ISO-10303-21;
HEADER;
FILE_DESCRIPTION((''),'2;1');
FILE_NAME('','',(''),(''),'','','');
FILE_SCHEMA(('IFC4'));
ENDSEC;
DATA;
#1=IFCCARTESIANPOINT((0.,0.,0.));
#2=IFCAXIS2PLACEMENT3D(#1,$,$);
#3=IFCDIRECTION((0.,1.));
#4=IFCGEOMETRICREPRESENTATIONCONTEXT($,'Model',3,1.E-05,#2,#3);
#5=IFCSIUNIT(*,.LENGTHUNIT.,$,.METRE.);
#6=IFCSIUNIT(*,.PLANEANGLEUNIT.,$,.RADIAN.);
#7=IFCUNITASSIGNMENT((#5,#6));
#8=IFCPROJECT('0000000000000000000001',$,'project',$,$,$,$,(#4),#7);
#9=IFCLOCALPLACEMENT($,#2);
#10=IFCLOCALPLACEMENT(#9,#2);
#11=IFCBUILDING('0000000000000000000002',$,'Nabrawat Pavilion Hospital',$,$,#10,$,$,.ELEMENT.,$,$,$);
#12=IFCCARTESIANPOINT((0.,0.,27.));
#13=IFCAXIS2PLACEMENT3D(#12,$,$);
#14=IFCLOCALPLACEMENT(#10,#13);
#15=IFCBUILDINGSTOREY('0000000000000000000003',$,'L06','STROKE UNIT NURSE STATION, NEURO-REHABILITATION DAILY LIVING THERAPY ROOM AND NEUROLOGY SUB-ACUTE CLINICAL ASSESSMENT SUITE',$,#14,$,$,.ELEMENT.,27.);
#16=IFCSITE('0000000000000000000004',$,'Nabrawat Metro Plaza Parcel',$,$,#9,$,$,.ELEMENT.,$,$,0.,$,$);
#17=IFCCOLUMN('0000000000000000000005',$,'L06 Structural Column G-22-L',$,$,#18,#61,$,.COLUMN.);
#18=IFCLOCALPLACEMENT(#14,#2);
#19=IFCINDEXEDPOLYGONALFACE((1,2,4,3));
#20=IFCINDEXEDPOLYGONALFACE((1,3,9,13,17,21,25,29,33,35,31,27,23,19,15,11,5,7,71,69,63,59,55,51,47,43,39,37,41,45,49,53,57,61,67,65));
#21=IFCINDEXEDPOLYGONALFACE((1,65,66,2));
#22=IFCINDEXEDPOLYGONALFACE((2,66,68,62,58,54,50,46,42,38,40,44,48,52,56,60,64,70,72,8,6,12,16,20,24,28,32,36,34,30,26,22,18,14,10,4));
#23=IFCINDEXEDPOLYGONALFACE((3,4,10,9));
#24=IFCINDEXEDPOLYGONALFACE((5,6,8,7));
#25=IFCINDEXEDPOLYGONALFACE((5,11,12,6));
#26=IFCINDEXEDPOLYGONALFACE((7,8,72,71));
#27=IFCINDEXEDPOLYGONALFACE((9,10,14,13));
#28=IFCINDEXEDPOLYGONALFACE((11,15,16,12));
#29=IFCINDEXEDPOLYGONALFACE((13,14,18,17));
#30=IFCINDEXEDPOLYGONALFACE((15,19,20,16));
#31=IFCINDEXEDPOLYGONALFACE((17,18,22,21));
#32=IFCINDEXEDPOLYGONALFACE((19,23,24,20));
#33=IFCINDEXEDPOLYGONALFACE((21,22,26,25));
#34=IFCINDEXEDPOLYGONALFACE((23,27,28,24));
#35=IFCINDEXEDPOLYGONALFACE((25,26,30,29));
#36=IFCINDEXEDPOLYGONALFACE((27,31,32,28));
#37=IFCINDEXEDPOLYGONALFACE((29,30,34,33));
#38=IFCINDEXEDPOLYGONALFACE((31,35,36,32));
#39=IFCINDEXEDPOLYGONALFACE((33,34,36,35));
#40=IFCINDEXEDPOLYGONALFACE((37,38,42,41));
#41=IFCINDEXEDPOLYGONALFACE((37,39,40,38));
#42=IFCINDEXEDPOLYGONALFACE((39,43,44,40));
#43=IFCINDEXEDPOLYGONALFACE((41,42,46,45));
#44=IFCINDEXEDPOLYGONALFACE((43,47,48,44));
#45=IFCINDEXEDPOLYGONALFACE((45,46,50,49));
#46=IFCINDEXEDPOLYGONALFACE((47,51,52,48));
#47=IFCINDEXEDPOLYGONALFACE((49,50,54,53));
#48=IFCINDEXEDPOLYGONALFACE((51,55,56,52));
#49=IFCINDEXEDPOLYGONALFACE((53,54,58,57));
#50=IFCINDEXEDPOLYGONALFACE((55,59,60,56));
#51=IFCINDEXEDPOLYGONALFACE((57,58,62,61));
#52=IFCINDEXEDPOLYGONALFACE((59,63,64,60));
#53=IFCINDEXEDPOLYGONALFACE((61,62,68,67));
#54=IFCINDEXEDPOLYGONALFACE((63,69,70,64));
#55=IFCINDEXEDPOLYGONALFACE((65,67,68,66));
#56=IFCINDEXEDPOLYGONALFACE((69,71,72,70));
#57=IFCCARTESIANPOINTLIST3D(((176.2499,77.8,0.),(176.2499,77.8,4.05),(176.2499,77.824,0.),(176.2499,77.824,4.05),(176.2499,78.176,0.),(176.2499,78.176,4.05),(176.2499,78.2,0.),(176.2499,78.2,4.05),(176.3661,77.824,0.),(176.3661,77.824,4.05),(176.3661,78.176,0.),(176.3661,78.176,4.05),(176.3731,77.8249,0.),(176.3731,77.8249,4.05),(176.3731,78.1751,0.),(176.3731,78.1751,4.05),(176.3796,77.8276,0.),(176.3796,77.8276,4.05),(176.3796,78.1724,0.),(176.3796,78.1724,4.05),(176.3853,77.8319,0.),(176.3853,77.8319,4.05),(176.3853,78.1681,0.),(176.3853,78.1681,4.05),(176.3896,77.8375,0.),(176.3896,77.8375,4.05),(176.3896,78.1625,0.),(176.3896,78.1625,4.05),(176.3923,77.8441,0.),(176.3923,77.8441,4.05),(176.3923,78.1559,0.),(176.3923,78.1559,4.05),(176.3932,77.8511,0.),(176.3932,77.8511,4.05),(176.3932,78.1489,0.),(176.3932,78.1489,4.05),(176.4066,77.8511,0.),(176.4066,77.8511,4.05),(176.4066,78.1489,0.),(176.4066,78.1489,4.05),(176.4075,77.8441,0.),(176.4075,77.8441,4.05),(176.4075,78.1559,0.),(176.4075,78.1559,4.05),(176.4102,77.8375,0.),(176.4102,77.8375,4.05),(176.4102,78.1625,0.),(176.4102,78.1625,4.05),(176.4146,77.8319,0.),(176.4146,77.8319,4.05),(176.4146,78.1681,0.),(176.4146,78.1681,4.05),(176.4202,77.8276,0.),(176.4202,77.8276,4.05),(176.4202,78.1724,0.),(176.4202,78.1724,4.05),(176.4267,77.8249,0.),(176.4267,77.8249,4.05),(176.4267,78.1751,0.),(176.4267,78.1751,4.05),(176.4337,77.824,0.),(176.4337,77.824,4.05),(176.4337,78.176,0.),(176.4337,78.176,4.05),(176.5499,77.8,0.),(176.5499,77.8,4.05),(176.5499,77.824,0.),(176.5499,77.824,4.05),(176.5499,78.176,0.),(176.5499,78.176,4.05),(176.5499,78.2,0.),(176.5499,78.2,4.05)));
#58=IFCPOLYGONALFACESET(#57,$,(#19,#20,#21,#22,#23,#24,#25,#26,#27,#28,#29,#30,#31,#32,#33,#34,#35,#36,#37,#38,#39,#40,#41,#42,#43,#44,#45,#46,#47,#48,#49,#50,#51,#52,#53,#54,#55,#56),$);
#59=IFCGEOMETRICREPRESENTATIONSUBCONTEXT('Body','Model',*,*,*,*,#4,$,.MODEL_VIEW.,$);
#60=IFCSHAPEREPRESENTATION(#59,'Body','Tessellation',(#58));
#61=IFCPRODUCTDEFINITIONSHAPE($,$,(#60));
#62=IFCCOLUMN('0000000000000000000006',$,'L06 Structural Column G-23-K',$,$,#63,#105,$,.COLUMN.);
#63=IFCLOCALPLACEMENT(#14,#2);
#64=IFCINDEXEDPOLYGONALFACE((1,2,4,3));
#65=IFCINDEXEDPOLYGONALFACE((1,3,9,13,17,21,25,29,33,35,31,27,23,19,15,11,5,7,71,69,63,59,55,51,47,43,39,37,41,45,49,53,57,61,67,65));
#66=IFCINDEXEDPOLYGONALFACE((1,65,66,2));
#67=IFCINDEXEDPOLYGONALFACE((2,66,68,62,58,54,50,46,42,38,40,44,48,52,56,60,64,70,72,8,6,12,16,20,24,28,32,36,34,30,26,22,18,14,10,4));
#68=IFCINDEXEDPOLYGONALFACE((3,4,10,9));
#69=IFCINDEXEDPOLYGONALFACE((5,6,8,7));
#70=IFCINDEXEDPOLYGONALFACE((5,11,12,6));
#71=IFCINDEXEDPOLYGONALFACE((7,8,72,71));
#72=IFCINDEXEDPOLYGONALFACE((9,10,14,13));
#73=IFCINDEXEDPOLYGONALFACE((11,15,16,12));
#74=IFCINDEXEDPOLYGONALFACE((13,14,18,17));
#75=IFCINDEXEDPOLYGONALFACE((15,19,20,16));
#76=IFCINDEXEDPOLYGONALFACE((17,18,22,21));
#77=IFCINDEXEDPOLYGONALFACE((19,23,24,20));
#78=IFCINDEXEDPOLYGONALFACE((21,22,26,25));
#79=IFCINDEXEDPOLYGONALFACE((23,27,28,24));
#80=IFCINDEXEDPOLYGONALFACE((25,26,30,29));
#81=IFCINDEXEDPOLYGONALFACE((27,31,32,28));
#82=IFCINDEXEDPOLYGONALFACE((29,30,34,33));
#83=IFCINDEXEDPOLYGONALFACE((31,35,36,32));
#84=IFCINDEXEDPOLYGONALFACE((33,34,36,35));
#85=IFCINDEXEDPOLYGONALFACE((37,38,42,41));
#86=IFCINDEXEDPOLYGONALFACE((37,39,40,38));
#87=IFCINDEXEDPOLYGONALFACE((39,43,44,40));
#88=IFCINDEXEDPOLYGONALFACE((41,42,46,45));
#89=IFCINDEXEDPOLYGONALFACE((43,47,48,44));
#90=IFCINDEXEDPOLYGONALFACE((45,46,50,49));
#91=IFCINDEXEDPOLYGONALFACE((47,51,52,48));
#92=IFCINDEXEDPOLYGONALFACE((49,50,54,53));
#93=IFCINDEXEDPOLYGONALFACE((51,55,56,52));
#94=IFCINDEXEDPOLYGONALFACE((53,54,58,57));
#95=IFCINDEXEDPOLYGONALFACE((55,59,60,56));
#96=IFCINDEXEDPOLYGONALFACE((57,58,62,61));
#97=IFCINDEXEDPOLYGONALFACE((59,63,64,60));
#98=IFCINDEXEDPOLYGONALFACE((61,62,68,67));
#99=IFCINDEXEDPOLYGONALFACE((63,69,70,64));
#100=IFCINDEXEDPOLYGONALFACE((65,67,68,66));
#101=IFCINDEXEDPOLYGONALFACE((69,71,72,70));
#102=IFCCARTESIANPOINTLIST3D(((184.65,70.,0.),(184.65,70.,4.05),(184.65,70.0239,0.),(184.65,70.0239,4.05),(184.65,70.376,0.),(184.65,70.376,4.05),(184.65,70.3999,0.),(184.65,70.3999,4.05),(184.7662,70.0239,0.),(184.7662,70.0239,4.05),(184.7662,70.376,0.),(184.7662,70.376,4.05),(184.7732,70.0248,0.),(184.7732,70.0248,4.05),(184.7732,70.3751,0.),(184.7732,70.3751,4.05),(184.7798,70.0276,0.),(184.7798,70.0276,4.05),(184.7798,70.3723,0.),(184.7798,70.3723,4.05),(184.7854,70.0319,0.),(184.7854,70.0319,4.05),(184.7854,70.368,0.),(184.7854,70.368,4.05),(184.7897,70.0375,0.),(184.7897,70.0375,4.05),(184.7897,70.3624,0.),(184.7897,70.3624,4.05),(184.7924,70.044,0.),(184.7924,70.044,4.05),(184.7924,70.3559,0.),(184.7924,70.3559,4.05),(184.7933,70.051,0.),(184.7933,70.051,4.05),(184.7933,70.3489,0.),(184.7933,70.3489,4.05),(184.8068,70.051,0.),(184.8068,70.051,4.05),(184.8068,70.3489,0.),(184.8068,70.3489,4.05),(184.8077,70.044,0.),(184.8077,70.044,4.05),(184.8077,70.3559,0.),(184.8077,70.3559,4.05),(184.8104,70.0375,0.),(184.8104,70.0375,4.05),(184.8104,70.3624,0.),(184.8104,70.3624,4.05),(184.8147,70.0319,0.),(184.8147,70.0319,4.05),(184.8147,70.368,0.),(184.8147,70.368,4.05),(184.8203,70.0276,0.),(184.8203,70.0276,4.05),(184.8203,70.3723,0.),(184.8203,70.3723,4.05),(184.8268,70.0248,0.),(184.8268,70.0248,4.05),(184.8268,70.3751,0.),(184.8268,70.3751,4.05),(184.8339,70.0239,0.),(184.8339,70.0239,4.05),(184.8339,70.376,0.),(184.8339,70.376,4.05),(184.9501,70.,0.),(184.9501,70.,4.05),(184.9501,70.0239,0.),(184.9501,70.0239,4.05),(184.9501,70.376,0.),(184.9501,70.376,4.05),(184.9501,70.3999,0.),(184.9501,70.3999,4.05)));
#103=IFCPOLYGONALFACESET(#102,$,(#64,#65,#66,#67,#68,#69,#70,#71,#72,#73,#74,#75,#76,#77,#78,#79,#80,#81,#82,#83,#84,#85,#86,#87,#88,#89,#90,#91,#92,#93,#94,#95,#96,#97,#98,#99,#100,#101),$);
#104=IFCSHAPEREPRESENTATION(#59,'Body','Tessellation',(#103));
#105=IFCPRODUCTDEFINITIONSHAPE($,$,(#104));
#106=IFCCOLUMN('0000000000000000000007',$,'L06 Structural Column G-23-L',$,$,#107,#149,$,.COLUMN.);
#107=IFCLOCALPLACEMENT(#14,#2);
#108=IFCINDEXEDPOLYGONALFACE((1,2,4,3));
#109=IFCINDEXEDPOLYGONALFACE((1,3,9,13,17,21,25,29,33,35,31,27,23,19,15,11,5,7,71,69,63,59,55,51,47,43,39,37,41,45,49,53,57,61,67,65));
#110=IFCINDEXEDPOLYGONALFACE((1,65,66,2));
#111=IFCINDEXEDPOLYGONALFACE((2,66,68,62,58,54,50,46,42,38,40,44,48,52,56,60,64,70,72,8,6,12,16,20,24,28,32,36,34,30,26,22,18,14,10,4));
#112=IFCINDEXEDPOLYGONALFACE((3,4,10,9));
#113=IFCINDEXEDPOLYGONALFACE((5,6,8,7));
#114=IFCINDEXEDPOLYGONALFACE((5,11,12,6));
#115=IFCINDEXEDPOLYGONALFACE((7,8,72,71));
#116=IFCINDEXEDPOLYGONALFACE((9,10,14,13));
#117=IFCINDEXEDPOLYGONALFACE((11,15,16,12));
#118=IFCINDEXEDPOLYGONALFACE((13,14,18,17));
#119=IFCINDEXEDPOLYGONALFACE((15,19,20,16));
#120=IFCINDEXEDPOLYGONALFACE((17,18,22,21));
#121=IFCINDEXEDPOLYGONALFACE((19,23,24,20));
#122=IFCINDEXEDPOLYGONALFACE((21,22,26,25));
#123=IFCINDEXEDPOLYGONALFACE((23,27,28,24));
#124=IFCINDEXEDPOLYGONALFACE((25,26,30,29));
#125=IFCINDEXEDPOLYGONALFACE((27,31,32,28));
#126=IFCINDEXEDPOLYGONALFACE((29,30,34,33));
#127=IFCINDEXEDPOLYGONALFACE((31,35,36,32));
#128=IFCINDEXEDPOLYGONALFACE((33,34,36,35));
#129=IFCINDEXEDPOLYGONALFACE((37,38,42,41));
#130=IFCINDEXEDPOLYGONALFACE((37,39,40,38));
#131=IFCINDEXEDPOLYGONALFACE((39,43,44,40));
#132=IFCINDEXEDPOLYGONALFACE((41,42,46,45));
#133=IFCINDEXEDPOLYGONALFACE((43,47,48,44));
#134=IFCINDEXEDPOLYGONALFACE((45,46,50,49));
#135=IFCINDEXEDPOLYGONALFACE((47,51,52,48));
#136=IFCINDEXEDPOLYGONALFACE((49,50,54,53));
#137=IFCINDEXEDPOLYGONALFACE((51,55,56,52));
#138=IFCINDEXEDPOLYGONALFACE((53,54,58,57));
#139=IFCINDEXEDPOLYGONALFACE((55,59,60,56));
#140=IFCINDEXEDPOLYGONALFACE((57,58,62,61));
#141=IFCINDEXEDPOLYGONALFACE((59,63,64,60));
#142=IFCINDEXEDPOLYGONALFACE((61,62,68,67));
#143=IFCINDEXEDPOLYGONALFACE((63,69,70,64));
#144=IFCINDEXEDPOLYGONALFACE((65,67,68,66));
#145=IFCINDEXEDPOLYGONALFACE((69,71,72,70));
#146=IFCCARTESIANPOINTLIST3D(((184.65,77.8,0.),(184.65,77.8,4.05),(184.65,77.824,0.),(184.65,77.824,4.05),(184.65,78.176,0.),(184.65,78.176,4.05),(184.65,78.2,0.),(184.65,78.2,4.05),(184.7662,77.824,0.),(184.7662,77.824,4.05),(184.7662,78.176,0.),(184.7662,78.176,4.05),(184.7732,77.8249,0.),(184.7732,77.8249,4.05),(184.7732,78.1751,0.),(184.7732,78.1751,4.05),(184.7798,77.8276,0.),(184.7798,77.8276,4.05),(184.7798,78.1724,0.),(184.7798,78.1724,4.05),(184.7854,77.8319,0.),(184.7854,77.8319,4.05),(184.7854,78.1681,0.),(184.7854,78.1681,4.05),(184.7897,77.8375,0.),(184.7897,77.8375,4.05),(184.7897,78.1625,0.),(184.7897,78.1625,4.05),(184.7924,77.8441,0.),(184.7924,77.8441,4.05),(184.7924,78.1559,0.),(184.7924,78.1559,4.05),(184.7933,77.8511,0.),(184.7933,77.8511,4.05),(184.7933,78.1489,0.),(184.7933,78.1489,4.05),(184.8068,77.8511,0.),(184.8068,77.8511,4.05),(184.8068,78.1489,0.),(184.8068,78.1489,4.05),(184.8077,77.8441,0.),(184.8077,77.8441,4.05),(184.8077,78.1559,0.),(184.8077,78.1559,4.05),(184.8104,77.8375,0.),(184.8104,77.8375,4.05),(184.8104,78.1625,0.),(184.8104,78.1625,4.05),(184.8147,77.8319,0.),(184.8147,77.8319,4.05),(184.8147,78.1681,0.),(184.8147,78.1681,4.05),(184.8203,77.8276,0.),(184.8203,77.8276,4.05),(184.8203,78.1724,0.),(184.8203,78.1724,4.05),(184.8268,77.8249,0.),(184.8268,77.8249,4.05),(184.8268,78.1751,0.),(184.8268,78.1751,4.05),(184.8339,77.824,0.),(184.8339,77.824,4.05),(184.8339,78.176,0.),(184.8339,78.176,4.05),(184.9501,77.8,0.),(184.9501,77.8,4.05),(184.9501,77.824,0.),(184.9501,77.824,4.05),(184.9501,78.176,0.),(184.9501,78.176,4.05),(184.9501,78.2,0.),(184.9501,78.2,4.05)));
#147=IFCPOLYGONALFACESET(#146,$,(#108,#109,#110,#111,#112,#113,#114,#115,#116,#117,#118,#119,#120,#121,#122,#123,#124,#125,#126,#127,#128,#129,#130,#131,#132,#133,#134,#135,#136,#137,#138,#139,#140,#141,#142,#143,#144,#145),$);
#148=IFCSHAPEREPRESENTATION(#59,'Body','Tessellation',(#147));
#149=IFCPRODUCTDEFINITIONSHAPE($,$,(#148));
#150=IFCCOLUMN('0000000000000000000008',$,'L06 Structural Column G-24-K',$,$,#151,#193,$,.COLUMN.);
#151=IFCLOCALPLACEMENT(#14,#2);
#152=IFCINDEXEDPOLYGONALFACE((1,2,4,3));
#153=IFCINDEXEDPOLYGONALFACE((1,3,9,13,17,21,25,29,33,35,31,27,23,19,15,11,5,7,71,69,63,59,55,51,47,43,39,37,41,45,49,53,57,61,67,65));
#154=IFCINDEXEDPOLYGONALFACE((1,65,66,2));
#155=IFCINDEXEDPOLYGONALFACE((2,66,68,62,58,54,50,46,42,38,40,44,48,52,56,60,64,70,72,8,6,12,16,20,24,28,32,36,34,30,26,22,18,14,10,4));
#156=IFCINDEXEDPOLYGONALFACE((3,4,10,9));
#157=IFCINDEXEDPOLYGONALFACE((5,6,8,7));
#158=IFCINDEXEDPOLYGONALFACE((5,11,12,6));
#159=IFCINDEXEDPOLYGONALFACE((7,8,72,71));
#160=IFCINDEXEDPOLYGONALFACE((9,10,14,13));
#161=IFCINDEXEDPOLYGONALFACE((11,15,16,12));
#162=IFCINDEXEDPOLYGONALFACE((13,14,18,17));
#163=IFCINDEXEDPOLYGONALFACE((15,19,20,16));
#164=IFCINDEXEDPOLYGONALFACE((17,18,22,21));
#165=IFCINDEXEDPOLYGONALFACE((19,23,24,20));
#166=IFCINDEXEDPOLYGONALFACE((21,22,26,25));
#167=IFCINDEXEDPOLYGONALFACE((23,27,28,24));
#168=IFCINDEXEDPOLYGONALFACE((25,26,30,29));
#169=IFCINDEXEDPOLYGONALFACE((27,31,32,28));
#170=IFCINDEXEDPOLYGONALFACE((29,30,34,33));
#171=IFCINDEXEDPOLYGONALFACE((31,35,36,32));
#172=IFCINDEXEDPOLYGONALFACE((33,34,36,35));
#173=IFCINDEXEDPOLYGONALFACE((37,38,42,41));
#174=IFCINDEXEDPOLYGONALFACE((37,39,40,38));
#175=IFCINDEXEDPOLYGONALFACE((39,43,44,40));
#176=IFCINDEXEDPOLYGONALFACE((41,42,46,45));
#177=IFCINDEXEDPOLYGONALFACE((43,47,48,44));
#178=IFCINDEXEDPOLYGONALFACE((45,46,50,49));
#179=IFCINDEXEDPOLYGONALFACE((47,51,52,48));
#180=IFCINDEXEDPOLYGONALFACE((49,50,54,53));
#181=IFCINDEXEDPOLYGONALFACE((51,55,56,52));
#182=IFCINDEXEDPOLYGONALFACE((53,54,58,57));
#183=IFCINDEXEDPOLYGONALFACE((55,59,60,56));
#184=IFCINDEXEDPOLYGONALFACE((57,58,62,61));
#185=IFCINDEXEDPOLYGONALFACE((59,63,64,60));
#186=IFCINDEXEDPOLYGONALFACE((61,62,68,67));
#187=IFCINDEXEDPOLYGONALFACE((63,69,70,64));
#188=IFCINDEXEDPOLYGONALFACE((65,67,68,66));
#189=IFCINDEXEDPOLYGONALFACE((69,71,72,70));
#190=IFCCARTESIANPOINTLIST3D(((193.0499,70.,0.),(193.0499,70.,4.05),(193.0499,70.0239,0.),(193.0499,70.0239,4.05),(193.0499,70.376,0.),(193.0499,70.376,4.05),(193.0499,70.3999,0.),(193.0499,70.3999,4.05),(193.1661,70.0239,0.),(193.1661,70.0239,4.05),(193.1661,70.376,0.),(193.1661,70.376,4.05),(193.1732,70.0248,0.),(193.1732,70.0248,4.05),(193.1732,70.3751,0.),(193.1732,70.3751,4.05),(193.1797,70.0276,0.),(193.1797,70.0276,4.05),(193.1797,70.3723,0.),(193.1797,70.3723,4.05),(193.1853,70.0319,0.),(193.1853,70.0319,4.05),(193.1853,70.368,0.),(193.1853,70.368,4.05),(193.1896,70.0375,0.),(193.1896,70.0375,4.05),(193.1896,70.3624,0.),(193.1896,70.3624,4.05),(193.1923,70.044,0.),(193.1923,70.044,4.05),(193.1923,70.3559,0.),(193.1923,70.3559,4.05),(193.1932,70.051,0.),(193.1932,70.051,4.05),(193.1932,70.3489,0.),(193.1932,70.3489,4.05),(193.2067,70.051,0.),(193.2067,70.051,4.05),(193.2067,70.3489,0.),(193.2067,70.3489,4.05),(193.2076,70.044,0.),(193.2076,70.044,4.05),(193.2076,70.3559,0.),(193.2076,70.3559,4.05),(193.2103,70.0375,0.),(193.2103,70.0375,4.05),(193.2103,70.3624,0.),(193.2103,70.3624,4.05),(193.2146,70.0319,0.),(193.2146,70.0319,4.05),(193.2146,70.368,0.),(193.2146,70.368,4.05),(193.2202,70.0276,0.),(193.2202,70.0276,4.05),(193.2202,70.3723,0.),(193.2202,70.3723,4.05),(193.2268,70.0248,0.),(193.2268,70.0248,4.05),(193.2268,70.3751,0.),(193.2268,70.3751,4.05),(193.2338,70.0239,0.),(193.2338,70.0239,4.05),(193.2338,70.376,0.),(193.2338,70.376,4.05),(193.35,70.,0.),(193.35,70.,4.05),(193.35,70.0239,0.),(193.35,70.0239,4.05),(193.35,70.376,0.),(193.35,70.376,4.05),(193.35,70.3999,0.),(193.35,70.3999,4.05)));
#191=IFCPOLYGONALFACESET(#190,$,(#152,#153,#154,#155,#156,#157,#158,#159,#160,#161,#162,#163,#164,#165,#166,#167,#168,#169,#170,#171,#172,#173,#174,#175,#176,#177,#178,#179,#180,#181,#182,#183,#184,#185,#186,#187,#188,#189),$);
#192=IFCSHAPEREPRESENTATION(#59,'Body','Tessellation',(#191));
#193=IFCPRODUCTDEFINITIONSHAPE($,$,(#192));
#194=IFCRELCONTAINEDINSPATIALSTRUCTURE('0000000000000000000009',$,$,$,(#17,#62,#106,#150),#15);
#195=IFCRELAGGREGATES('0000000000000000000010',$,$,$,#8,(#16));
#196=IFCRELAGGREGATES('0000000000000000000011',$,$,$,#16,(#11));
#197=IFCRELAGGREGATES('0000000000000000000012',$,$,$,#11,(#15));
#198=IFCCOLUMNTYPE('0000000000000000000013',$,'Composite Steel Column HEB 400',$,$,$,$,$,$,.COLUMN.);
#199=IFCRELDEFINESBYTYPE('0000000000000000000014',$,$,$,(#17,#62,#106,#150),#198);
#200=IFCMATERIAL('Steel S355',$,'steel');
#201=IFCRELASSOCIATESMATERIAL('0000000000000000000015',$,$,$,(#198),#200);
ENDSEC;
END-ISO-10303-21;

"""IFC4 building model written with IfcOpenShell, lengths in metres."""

from ifc_helpers import new_model, si_unit, direction, frame, origin, origin_2d, place, context, subcontext, project, spatial, i_section, extrude, material, material_profile, profile_set, type_object, element, save


model = new_model("IFC4")

# Units and contexts
model_context = context("Model", 3, precision=1e-05, world=origin(), true_north=direction((0.0, 1.0)))
body_context = subcontext(model_context, "Body", "Model", "MODEL_VIEW")
ifc_project = project(units=[si_unit("LENGTHUNIT", "METRE"), si_unit("PLANEANGLEUNIT", "RADIAN")], contexts=[model_context])

# Site, building, storey
site_placement = place(None, origin())
site = spatial("IfcSite", under=ifc_project, at=site_placement, Name="Nabrawat Metro Plaza Parcel", CompositionType="ELEMENT", RefElevation=0.0)
building_placement = place(site_placement, origin())
building = spatial("IfcBuilding", under=site, at=building_placement, Name="Nabrawat Pavilion Hospital", CompositionType="ELEMENT")
storey_placement = place(building_placement, frame((0.0, 0.0, 27.0)))
storey = spatial("IfcBuildingStorey", under=building, at=storey_placement, Name="L06", Description="STROKE UNIT NURSE STATION, NEURO-REHABILITATION DAILY LIVING THERAPY ROOM AND NEUROLOGY SUB-ACUTE CLINICAL ASSESSMENT SUITE", CompositionType="ELEMENT", Elevation=27.0)

# Columns
ifc_material_1 = material(Name="Steel S355", Category="steel")
ifc_material_profile_1 = material_profile(ifc_material_1, i_section(OverallWidth=0.3, OverallDepth=0.3999, WebThickness=0.0134, FlangeThickness=0.0239, FilletRadius=0.0271, at=origin_2d()), Name="HEB 400")
ifc_profile_set_1 = profile_set([ifc_material_profile_1], Name="Steel S355")
column_type = type_object("IfcColumnType", Name="Composite Steel Column HEB 400", PredefinedType="COLUMN", material=ifc_profile_set_1)
for number, where, z_axis, x_axis, name in (
    (1, (176.3999, 78.0, 0.0), (0.0, 0.0, 1.0), (1.0, 0.0, 0.0), "L06 Structural Column G-22-L"),
    (2, (184.8, 70.2, 0.0), (0.0, 0.0, 1.0), (1.0, 0.0, 0.0), "L06 Structural Column G-23-K"),
    (3, (184.8, 78.0, 0.0), (0.0, 0.0, 1.0), (1.0, 0.0, 0.0), "L06 Structural Column G-23-L"),
    (4, (193.2, 70.2, 0.0), (0.0, 0.0, 1.0), (1.0, 0.0, 0.0), "L06 Structural Column G-24-K"),
):
    element("IfcColumn", number, at=place(storey_placement, frame(where, z_axis=z_axis, x_axis=x_axis)), inside=storey, type_object=column_type, Name=name, PredefinedType="COLUMN", context=body_context, shape_type="SweptSolid", body=[
        extrude(i_section(OverallWidth=0.3, OverallDepth=0.3999, WebThickness=0.0134, FlangeThickness=0.0239, FilletRadius=0.0271, at=origin_2d()), origin(), (0.0, 0.0, 1.0), 4.05),
    ])

save(model, "model.ifc")
